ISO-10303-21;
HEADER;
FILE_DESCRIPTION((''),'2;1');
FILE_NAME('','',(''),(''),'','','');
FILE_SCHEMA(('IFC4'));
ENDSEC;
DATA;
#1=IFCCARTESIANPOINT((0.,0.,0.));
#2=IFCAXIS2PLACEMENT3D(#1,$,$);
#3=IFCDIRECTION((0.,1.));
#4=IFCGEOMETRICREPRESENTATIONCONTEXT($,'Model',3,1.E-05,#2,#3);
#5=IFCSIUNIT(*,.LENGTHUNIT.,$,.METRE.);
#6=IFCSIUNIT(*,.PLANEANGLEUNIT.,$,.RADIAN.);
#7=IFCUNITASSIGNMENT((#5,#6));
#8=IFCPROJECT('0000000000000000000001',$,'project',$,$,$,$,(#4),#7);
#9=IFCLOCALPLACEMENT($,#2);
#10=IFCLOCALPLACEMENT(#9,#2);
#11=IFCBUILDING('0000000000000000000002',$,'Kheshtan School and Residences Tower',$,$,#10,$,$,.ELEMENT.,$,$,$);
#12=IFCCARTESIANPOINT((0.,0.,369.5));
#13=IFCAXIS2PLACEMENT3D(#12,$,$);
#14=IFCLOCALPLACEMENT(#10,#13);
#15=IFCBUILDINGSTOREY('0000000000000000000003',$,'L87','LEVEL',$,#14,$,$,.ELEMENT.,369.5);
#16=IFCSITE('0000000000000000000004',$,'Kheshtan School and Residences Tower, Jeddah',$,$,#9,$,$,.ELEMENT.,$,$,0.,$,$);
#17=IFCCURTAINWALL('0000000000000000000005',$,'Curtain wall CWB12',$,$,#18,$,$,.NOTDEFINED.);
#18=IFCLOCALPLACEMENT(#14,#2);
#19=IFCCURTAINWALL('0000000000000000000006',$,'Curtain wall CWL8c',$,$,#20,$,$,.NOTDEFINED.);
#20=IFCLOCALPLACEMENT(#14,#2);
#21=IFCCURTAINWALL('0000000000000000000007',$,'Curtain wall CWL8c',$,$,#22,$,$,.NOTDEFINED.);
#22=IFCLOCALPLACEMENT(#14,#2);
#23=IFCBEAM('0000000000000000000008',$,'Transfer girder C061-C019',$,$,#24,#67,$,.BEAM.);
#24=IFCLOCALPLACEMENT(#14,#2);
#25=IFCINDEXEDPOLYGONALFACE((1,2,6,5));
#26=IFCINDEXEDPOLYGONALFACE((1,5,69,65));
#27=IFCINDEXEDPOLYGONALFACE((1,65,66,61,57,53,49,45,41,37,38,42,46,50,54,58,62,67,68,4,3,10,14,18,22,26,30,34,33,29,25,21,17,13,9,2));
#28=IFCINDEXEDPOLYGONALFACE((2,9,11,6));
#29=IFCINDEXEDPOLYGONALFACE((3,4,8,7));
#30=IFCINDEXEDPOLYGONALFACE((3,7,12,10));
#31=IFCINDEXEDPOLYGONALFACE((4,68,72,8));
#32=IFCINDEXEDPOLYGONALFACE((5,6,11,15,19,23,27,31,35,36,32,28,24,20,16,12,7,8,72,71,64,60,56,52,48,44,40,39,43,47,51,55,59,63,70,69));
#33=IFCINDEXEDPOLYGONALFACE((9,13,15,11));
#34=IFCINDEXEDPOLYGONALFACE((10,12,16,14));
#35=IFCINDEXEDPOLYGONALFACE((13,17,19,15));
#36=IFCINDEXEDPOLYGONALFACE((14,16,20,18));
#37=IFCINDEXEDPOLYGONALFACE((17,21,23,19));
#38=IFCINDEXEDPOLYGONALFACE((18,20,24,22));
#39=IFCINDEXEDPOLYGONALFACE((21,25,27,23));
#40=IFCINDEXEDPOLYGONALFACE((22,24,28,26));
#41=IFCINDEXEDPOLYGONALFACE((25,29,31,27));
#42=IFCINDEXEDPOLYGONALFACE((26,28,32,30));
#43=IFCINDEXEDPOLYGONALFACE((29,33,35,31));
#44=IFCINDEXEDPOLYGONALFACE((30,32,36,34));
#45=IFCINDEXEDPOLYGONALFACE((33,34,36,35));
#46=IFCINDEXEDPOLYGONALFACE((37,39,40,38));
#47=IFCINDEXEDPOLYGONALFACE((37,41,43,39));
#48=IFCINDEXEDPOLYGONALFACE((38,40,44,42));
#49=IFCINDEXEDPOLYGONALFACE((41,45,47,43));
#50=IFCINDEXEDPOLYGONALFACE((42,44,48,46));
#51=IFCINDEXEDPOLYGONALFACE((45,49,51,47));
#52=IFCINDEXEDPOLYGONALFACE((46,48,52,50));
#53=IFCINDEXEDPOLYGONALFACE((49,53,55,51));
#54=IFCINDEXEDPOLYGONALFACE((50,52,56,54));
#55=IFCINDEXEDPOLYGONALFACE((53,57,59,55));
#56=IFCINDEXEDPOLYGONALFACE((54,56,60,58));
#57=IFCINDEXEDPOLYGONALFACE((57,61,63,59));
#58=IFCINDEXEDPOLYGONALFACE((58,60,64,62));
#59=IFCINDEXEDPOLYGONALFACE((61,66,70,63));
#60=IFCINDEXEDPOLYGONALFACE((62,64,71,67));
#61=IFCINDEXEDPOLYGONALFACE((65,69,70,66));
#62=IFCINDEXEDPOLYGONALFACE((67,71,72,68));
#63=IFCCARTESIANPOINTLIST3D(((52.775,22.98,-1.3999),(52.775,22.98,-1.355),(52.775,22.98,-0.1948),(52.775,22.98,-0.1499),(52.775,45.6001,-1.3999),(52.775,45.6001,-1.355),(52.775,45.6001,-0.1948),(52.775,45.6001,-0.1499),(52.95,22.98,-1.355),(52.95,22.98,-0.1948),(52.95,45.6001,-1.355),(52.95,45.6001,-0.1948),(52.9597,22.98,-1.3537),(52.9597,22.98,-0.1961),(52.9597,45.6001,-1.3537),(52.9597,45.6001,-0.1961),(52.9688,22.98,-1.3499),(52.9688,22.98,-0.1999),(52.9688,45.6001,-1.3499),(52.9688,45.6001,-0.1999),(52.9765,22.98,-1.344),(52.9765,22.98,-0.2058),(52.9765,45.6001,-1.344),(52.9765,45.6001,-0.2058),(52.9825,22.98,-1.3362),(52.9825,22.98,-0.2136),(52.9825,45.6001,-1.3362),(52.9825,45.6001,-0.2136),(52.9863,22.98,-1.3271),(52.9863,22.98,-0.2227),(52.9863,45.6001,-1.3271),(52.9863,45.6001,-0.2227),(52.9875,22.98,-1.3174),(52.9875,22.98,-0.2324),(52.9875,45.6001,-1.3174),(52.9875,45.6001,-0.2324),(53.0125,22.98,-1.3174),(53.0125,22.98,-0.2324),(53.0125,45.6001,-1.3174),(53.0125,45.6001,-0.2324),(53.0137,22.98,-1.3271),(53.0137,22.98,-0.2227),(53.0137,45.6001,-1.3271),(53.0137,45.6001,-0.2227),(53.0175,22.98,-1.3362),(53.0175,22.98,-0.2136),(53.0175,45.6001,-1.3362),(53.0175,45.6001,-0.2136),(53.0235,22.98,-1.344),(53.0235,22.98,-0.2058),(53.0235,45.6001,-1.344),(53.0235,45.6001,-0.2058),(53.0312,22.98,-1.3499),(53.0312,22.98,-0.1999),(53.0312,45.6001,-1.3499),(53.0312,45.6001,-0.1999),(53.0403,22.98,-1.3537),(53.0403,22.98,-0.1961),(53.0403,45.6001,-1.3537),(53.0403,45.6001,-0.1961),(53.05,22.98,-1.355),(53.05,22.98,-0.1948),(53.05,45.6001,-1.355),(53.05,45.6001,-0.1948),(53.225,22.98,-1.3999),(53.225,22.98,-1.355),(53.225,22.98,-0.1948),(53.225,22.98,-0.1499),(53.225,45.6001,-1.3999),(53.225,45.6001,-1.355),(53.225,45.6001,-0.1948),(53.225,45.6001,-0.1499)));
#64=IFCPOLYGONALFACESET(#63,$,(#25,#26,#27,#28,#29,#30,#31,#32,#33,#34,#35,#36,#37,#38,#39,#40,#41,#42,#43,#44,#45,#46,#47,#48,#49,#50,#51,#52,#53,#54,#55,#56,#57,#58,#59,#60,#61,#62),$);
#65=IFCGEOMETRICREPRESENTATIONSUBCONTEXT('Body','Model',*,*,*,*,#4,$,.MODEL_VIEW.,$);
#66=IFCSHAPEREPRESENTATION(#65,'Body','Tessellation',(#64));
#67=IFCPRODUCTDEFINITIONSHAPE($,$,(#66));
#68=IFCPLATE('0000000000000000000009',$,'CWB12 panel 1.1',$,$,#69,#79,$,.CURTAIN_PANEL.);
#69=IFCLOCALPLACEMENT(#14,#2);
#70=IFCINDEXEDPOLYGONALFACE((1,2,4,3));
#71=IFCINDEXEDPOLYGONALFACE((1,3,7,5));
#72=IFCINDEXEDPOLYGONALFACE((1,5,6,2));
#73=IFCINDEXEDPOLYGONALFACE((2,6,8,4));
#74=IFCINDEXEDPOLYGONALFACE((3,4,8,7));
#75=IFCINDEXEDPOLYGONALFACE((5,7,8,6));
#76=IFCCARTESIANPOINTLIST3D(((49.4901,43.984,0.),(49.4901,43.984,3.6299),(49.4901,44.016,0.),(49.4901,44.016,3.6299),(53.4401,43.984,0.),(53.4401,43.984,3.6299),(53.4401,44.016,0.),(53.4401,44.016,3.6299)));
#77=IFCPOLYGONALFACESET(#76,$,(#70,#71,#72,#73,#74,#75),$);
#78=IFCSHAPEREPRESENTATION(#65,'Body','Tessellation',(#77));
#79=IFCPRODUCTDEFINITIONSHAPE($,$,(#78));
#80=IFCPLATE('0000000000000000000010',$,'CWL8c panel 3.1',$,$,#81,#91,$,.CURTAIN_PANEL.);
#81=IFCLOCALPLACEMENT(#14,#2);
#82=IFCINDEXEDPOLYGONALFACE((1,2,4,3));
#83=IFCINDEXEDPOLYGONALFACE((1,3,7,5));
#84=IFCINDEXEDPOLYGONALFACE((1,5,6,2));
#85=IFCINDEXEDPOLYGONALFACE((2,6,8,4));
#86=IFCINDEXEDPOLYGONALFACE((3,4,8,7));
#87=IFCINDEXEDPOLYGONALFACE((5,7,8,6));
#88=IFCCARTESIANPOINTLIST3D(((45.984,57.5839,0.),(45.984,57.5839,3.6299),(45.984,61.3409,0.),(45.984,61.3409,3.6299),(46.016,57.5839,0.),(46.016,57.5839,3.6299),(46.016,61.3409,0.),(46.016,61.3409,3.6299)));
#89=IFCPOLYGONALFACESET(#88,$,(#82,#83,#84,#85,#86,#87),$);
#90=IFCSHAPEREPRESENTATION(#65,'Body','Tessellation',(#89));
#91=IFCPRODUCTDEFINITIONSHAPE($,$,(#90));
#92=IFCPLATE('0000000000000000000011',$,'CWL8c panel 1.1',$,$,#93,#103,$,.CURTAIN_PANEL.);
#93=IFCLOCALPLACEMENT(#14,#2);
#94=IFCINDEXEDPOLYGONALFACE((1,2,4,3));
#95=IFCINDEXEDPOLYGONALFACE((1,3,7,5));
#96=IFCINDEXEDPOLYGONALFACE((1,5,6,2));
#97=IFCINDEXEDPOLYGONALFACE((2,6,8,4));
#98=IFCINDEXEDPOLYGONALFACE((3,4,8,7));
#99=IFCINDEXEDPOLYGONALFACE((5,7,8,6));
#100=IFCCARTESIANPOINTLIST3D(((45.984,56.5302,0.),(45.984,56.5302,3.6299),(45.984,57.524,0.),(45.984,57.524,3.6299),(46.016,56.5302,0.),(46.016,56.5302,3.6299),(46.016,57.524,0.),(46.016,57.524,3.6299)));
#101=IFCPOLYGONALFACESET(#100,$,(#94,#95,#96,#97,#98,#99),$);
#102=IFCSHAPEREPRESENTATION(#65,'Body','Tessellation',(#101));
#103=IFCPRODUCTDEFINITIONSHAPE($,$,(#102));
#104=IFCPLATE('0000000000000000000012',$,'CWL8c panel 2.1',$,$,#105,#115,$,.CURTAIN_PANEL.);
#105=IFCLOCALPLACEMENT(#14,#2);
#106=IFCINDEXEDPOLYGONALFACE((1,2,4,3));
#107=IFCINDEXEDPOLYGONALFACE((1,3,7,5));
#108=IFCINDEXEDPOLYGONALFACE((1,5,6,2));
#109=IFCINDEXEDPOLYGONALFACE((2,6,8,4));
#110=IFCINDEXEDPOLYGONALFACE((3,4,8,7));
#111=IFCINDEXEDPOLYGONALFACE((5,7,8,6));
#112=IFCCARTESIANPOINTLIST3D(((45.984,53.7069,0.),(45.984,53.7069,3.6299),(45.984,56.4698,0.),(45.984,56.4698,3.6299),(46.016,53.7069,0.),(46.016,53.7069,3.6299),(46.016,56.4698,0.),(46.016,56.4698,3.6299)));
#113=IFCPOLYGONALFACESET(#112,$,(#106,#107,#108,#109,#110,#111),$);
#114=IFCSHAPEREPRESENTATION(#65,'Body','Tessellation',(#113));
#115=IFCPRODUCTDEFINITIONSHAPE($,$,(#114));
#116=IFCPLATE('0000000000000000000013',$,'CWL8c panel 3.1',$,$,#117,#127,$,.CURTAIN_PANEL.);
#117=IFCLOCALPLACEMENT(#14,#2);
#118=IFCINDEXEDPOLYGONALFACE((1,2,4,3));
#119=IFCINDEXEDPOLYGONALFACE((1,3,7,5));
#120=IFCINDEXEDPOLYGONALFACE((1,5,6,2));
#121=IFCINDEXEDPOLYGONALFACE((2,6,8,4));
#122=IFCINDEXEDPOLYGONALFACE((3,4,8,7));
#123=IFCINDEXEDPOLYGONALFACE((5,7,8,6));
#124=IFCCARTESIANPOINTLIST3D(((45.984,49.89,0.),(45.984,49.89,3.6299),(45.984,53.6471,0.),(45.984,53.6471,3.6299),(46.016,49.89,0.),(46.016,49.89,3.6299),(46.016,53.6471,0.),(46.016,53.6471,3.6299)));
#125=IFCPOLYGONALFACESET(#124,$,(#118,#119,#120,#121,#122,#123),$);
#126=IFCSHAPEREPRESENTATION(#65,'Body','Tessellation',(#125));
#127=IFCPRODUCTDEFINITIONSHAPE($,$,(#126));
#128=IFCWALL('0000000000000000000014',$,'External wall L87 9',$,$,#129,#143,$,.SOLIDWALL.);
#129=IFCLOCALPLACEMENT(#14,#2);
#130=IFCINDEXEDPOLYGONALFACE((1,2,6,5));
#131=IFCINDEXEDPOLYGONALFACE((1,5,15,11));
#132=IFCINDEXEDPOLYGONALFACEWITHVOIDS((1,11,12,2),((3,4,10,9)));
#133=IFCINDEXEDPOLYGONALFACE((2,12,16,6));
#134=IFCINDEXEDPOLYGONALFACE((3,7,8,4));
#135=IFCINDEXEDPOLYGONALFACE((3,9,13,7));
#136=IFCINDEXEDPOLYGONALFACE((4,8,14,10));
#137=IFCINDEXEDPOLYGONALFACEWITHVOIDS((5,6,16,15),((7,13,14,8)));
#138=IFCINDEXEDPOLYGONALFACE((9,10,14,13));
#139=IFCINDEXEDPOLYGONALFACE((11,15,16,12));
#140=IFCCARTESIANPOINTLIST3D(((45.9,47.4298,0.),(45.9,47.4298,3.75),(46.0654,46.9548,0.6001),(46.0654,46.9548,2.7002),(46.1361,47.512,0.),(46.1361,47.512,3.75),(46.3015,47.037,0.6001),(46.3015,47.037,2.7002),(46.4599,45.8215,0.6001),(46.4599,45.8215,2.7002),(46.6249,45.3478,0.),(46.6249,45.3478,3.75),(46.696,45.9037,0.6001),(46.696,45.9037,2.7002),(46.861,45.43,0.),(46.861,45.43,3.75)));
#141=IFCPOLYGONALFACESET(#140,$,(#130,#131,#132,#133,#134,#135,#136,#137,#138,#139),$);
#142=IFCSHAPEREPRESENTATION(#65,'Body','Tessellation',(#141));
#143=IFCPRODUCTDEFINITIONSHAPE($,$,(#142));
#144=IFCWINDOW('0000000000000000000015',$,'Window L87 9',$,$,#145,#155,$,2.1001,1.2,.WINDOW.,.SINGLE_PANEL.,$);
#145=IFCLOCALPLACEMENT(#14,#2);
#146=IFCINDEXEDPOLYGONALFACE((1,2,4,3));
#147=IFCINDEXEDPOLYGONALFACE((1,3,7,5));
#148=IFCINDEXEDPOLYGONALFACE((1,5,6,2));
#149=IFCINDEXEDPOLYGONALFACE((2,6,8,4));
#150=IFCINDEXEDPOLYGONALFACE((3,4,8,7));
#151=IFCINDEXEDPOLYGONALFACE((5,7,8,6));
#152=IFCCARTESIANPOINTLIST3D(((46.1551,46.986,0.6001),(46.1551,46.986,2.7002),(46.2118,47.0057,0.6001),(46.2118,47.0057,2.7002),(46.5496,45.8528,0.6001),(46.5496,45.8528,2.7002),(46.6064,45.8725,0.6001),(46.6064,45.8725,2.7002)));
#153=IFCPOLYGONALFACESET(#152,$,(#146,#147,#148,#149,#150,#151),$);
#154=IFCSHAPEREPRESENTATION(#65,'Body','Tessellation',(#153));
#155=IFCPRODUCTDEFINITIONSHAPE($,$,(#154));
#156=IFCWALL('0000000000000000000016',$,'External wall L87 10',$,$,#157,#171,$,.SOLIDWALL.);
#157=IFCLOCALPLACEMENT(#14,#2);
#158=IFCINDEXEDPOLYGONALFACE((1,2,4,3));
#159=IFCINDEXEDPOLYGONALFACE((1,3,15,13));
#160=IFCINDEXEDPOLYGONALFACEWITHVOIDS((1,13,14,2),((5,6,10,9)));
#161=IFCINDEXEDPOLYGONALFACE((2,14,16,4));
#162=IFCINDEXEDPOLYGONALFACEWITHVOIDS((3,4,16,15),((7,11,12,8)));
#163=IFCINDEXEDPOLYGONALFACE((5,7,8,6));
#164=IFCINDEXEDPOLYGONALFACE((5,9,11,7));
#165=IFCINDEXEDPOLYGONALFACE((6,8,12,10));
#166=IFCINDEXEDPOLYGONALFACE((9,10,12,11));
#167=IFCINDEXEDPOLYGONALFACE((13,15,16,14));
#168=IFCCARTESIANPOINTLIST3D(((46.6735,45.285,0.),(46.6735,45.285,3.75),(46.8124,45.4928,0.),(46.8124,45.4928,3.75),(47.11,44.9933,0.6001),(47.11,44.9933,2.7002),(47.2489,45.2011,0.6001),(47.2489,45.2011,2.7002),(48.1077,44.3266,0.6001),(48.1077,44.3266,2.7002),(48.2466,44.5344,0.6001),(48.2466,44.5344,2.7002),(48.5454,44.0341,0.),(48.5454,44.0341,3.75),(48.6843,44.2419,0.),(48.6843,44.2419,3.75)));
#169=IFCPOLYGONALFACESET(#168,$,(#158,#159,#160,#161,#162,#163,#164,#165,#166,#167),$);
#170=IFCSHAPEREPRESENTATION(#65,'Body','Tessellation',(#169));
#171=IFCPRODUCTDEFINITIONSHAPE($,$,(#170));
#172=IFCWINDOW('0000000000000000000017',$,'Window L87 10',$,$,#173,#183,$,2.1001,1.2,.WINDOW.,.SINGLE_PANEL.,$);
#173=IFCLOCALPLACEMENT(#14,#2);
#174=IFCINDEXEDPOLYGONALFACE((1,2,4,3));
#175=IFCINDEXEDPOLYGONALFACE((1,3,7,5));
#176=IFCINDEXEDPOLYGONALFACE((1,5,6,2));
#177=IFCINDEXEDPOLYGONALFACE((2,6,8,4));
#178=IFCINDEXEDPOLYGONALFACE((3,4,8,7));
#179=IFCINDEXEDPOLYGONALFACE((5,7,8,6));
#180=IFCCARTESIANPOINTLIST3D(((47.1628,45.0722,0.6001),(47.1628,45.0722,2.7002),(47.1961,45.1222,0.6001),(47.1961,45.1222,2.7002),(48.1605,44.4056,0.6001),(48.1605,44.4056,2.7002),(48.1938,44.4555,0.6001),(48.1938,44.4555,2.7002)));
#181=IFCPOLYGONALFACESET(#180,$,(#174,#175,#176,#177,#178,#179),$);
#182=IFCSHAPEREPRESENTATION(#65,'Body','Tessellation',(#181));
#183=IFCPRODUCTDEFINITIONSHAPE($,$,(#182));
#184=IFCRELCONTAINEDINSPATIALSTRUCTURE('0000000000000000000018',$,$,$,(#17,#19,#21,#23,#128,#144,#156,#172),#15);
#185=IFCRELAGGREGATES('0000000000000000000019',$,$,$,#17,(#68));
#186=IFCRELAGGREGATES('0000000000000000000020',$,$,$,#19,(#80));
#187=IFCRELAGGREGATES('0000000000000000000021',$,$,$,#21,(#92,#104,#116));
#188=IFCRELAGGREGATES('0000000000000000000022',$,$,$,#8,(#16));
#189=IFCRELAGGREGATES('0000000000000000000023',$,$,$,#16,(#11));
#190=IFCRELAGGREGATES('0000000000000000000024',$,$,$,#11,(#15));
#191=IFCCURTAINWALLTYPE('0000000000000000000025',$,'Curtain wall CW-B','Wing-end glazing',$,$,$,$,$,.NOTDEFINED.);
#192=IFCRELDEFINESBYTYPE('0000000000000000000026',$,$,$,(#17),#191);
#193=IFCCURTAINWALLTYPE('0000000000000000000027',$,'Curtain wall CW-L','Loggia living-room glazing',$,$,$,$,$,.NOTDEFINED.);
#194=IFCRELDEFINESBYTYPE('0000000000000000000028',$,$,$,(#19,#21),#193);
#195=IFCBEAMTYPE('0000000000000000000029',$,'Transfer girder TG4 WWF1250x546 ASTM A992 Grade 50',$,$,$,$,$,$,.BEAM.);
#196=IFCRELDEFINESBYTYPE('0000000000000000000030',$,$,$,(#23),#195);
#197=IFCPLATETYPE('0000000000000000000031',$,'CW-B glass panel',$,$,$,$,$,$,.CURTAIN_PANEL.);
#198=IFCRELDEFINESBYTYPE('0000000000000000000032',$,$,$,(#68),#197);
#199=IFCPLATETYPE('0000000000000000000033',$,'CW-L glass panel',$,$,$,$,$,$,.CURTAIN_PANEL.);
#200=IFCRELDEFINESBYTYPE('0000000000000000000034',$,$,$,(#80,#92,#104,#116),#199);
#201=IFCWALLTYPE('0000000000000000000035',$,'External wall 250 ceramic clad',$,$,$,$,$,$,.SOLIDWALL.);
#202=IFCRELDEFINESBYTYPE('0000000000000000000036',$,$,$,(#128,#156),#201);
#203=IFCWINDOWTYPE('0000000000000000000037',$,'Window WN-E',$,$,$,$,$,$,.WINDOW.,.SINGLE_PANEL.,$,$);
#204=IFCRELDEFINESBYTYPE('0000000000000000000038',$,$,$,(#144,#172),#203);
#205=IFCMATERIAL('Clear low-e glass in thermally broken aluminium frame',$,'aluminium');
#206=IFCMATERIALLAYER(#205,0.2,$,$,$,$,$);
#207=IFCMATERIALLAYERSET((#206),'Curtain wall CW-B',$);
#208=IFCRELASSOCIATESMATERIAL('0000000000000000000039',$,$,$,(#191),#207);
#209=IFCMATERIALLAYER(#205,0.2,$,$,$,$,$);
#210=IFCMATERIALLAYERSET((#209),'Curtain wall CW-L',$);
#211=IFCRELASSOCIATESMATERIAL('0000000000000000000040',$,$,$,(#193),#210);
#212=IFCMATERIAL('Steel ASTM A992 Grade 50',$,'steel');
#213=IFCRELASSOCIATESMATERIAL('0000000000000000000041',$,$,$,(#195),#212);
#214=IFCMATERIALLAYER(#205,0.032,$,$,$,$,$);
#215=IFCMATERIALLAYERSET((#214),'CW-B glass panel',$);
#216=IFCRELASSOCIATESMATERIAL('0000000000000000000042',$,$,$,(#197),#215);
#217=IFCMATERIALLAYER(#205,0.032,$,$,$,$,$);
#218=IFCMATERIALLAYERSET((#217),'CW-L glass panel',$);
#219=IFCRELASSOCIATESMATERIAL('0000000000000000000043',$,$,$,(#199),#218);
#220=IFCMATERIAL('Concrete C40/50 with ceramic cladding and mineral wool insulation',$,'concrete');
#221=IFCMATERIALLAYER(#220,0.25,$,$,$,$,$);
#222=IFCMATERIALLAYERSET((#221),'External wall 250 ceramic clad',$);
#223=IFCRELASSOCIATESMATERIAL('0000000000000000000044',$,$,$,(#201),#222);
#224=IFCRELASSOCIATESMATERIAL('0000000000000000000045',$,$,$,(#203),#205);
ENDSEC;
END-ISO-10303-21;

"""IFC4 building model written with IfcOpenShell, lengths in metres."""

from ifc_helpers import new_model, si_unit, direction, frame, frame_2d, origin, origin_2d, place, context, subcontext, project, spatial, rectangle, i_section, extrude, source, transform, mapped, material, layer, layer_set, material_profile, profile_set, type_object, element, fill, aggregate, save


model = new_model("IFC4")

# Units and contexts
model_context = context("Model", 3, precision=1e-05, world=origin(), true_north=direction((0.0, 1.0)))
body_context = subcontext(model_context, "Body", "Model", "MODEL_VIEW")
ifc_project = project(units=[si_unit("LENGTHUNIT", "METRE"), si_unit("PLANEANGLEUNIT", "RADIAN")], contexts=[model_context])

# Site, building, storey
site_placement = place(None, origin())
site = spatial("IfcSite", under=ifc_project, at=site_placement, Name="Kheshtan School and Residences Tower, Jeddah", CompositionType="ELEMENT", RefElevation=0.0)
building_placement = place(site_placement, origin())
building = spatial("IfcBuilding", under=site, at=building_placement, Name="Kheshtan School and Residences Tower", CompositionType="ELEMENT")
storey_placement = place(building_placement, frame((0.0, 0.0, 369.5)))
storey = spatial("IfcBuildingStorey", under=building, at=storey_placement, Name="L87", Description="LEVEL", CompositionType="ELEMENT", Elevation=369.5)

# Shared definitions
ifc_material_1 = material(Name="Steel ASTM A992 Grade 50", Category="steel")

# Curtain wall
ifc_material_2 = material(Name="Clear low-e glass in thermally broken aluminium frame", Category="aluminium")
ifc_layer_1 = layer(ifc_material_2, 0.2)
ifc_layer_set_1 = layer_set([ifc_layer_1], Name="Curtain wall CW-B")
curtain_wall_type_1 = type_object("IfcCurtainWallType", Name="Curtain wall CW-B", Description="Wing-end glazing", PredefinedType="NOTDEFINED", material=ifc_layer_set_1)
curtain_wall_1_placement = place(storey_placement, origin())
curtain_wall_1 = element("IfcCurtainWall", 1, at=curtain_wall_1_placement, inside=storey, type_object=curtain_wall_type_1, Name="Curtain wall CWB12", PredefinedType="NOTDEFINED")

# Curtain wall
ifc_layer_2 = layer(ifc_material_2, 0.2)
ifc_layer_set_2 = layer_set([ifc_layer_2], Name="Curtain wall CW-L")
curtain_wall_type_2 = type_object("IfcCurtainWallType", Name="Curtain wall CW-L", Description="Loggia living-room glazing", PredefinedType="NOTDEFINED", material=ifc_layer_set_2)
curtain_wall_2_placement = place(storey_placement, origin())
curtain_wall_2 = element("IfcCurtainWall", 2, at=curtain_wall_2_placement, inside=storey, type_object=curtain_wall_type_2, Name="Curtain wall CWL8c", PredefinedType="NOTDEFINED")

# Curtain wall
curtain_wall_3_placement = place(storey_placement, origin())
curtain_wall_3 = element("IfcCurtainWall", 3, at=curtain_wall_3_placement, inside=storey, type_object=curtain_wall_type_2, Name="Curtain wall CWL8c", PredefinedType="NOTDEFINED")

# Beam
ifc_material_profile_1 = material_profile(ifc_material_1, i_section(OverallWidth=0.45, OverallDepth=1.25, WebThickness=0.0249, FlangeThickness=0.0449, FilletRadius=0.0376, at=origin_2d()), Name="WWF1250x546")
ifc_profile_set_1 = profile_set([ifc_material_profile_1], Name="Steel ASTM A992 Grade 50")
beam_type_1 = type_object("IfcBeamType", Name="Transfer girder TG4 WWF1250x546 ASTM A992 Grade 50", PredefinedType="BEAM", material=ifc_profile_set_1)
beam_1_placement = place(storey_placement, frame((53.0, 45.6001, -0.7749), z_axis=(0.0, -1.0, 0.0), x_axis=(1.0, 0.0, 0.0)))
element("IfcBeam", 4, at=beam_1_placement, inside=storey, type_object=beam_type_1, Name="Transfer girder C061-C019", PredefinedType="BEAM", context=body_context, shape_type="SweptSolid", body=[
    extrude(i_section(OverallWidth=0.45, OverallDepth=1.25, WebThickness=0.0249, FlangeThickness=0.0449, FilletRadius=0.0376, at=origin_2d()), origin(), (0.0, 0.0, 1.0), 22.6201),
])

# Plates
ifc_layer_3 = layer(ifc_material_2, 0.032)
ifc_layer_set_3 = layer_set([ifc_layer_3], Name="CW-B glass panel")
plate_type_1 = type_object("IfcPlateType", Name="CW-B glass panel", PredefinedType="CURTAIN_PANEL", material=ifc_layer_set_3)
plate_1_placement = place(storey_placement, frame((51.4651, 44.0, 0.0), z_axis=(0.0, 0.0, 1.0), x_axis=(1.0, 0.0, 0.0)))
plate_1 = element("IfcPlate", 5, at=plate_1_placement, type_object=plate_type_1, Name="CWB12 panel 1.1", PredefinedType="CURTAIN_PANEL", context=body_context, shape_type="SweptSolid", body=[
    extrude(rectangle(XDim=3.95, YDim=0.032, at=origin_2d()), origin(), (0.0, 0.0, 1.0), 3.6299),
])
aggregate(curtain_wall_1, [plate_1])
ifc_layer_4 = layer(ifc_material_2, 0.032)
ifc_layer_set_4 = layer_set([ifc_layer_4], Name="CW-L glass panel")
plate_type_2 = type_object("IfcPlateType", Name="CW-L glass panel", PredefinedType="CURTAIN_PANEL", material=ifc_layer_set_4)
plate_2_placement = place(storey_placement, frame((46.0, 59.4624, 0.0), z_axis=(0.0, 0.0, 1.0), x_axis=(0.0, -1.0, 0.0)))
plate_2 = element("IfcPlate", 6, at=plate_2_placement, type_object=plate_type_2, Name="CWL8c panel 3.1", PredefinedType="CURTAIN_PANEL", context=body_context, shape_type="SweptSolid", body=[
    extrude(rectangle(XDim=3.7571, YDim=0.032, at=origin_2d()), origin(), (0.0, 0.0, 1.0), 3.6299),
])
aggregate(curtain_wall_2, [plate_2])
plate_3_placement = place(storey_placement, frame((46.0, 57.0271, 0.0), z_axis=(0.0, 0.0, 1.0), x_axis=(0.0, -1.0, 0.0)))
plate_3 = element("IfcPlate", 7, at=plate_3_placement, type_object=plate_type_2, Name="CWL8c panel 1.1", PredefinedType="CURTAIN_PANEL", context=body_context, shape_type="SweptSolid", body=[
    extrude(rectangle(XDim=0.9939, YDim=0.032, at=origin_2d()), origin(), (0.0, 0.0, 1.0), 3.6299),
])
plate_4_placement = place(storey_placement, frame((46.0, 55.0884, 0.0), z_axis=(0.0, 0.0, 1.0), x_axis=(0.0, -1.0, 0.0)))
plate_4 = element("IfcPlate", 8, at=plate_4_placement, type_object=plate_type_2, Name="CWL8c panel 2.1", PredefinedType="CURTAIN_PANEL", context=body_context, shape_type="SweptSolid", body=[
    extrude(rectangle(XDim=2.7629, YDim=0.032, at=origin_2d()), origin(), (0.0, 0.0, 1.0), 3.6299),
])
plate_5_placement = place(storey_placement, frame((46.0, 51.7686, 0.0), z_axis=(0.0, 0.0, 1.0), x_axis=(0.0, -1.0, 0.0)))
plate_5 = element("IfcPlate", 9, at=plate_5_placement, type_object=plate_type_2, Name="CWL8c panel 3.1", PredefinedType="CURTAIN_PANEL", context=body_context, shape_type="SweptSolid", body=[
    extrude(rectangle(XDim=3.7571, YDim=0.032, at=origin_2d()), origin(), (0.0, 0.0, 1.0), 3.6299),
])
aggregate(curtain_wall_3, [plate_3, plate_4, plate_5])

# Walls, openings, windows
ifc_material_3 = material(Name="Concrete C40/50 with ceramic cladding and mineral wool insulation", Category="concrete")
ifc_layer_5 = layer(ifc_material_3, 0.25)
ifc_layer_set_5 = layer_set([ifc_layer_5], Name="External wall 250 ceramic clad")
wall_type_1 = type_object("IfcWallType", Name="External wall 250 ceramic clad", PredefinedType="SOLIDWALL", material=ifc_layer_set_5)
wall_1_placement = place(storey_placement, frame((46.0181, 47.4709, 0.0), z_axis=(0.0, 0.0, 1.0), x_axis=(0.328791, -0.944403, 0.0)))
wall_1 = element("IfcWall", 10, at=wall_1_placement, inside=storey, type_object=wall_type_1, Name="External wall L87 9", PredefinedType="SOLIDWALL", context=body_context, shape_type="SweptSolid", body=[
    extrude(rectangle(XDim=2.2046, YDim=0.25, at=frame_2d((1.1023, 0.0))), origin(), (0.0, 0.0, 1.0), 3.75),
])
opening_1_placement = place(wall_1_placement, frame((0.5029, 0.0, 0.6001)))
opening_1 = element("IfcOpeningElement", 11, at=opening_1_placement, cuts=wall_1, PredefinedType="OPENING", context=body_context, shape_type="SweptSolid", body=[
    extrude(rectangle(XDim=1.2, YDim=2.1001, at=frame_2d((0.6001, 1.05))), frame((0.0, 0.135, 0.0), z_axis=(0.0, -1.0, 0.0), x_axis=(1.0, 0.0, 0.0)), (0.0, 0.0, 1.0), 0.27),
])
window_type = type_object("IfcWindowType", Name="Window WN-E", PartitioningType="SINGLE_PANEL", PredefinedType="WINDOW", material=ifc_material_2)
shared_shape_1 = source(origin(), body_context, "Body", "SweptSolid", [
    extrude(rectangle(XDim=1.2, YDim=2.1001, at=frame_2d((0.6001, 1.05))), frame((0.0, 0.03, 0.0), z_axis=(0.0, -1.0, 0.0), x_axis=(1.0, 0.0, 0.0)), (0.0, 0.0, 1.0), 0.0601),
])
window_1_placement = place(opening_1_placement, origin())
window_1 = element("IfcWindow", 12, at=window_1_placement, inside=storey, type_object=window_type, Name="Window L87 9", OverallHeight=2.1001, OverallWidth=1.2, PartitioningType="SINGLE_PANEL", PredefinedType="WINDOW", context=body_context, shape_type="MappedRepresentation", body=[
    mapped(shared_shape_1, transform((0.0, 0.0, 0.0), x_axis=(1.0, 0.0, 0.0), y_axis=(0.0, 1.0, 0.0), z_axis=(0.0, 0.0, 1.0), scale=1.0)),
])
fill(opening_1, window_1)
wall_2_placement = place(storey_placement, frame((46.7429, 45.3889, 0.0), z_axis=(0.0, 0.0, 1.0), x_axis=(0.831449, -0.555601, 0.0)))
wall_2 = element("IfcWall", 13, at=wall_2_placement, inside=storey, type_object=wall_type_1, Name="External wall L87 10", PredefinedType="SOLIDWALL", context=body_context, shape_type="SweptSolid", body=[
    extrude(rectangle(XDim=2.2515, YDim=0.25, at=frame_2d((1.1257, 0.0))), origin(), (0.0, 0.0, 1.0), 3.75),
])
opening_2_placement = place(wall_2_placement, frame((0.5249, 0.0, 0.6001)))
opening_2 = element("IfcOpeningElement", 14, at=opening_2_placement, cuts=wall_2, PredefinedType="OPENING", context=body_context, shape_type="SweptSolid", body=[
    extrude(rectangle(XDim=1.2, YDim=2.1001, at=frame_2d((0.6001, 1.05))), frame((0.0, 0.135, 0.0), z_axis=(0.0, -1.0, 0.0), x_axis=(1.0, 0.0, 0.0)), (0.0, 0.0, 1.0), 0.27),
])
window_2_placement = place(opening_2_placement, origin())
window_2 = element("IfcWindow", 15, at=window_2_placement, inside=storey, type_object=window_type, Name="Window L87 10", OverallHeight=2.1001, OverallWidth=1.2, PartitioningType="SINGLE_PANEL", PredefinedType="WINDOW", context=body_context, shape_type="MappedRepresentation", body=[
    mapped(shared_shape_1, transform((0.0, 0.0, 0.0), x_axis=(1.0, 0.0, 0.0), y_axis=(0.0, 1.0, 0.0), z_axis=(0.0, 0.0, 1.0), scale=1.0)),
])
fill(opening_2, window_2)

save(model, "model.ifc")
